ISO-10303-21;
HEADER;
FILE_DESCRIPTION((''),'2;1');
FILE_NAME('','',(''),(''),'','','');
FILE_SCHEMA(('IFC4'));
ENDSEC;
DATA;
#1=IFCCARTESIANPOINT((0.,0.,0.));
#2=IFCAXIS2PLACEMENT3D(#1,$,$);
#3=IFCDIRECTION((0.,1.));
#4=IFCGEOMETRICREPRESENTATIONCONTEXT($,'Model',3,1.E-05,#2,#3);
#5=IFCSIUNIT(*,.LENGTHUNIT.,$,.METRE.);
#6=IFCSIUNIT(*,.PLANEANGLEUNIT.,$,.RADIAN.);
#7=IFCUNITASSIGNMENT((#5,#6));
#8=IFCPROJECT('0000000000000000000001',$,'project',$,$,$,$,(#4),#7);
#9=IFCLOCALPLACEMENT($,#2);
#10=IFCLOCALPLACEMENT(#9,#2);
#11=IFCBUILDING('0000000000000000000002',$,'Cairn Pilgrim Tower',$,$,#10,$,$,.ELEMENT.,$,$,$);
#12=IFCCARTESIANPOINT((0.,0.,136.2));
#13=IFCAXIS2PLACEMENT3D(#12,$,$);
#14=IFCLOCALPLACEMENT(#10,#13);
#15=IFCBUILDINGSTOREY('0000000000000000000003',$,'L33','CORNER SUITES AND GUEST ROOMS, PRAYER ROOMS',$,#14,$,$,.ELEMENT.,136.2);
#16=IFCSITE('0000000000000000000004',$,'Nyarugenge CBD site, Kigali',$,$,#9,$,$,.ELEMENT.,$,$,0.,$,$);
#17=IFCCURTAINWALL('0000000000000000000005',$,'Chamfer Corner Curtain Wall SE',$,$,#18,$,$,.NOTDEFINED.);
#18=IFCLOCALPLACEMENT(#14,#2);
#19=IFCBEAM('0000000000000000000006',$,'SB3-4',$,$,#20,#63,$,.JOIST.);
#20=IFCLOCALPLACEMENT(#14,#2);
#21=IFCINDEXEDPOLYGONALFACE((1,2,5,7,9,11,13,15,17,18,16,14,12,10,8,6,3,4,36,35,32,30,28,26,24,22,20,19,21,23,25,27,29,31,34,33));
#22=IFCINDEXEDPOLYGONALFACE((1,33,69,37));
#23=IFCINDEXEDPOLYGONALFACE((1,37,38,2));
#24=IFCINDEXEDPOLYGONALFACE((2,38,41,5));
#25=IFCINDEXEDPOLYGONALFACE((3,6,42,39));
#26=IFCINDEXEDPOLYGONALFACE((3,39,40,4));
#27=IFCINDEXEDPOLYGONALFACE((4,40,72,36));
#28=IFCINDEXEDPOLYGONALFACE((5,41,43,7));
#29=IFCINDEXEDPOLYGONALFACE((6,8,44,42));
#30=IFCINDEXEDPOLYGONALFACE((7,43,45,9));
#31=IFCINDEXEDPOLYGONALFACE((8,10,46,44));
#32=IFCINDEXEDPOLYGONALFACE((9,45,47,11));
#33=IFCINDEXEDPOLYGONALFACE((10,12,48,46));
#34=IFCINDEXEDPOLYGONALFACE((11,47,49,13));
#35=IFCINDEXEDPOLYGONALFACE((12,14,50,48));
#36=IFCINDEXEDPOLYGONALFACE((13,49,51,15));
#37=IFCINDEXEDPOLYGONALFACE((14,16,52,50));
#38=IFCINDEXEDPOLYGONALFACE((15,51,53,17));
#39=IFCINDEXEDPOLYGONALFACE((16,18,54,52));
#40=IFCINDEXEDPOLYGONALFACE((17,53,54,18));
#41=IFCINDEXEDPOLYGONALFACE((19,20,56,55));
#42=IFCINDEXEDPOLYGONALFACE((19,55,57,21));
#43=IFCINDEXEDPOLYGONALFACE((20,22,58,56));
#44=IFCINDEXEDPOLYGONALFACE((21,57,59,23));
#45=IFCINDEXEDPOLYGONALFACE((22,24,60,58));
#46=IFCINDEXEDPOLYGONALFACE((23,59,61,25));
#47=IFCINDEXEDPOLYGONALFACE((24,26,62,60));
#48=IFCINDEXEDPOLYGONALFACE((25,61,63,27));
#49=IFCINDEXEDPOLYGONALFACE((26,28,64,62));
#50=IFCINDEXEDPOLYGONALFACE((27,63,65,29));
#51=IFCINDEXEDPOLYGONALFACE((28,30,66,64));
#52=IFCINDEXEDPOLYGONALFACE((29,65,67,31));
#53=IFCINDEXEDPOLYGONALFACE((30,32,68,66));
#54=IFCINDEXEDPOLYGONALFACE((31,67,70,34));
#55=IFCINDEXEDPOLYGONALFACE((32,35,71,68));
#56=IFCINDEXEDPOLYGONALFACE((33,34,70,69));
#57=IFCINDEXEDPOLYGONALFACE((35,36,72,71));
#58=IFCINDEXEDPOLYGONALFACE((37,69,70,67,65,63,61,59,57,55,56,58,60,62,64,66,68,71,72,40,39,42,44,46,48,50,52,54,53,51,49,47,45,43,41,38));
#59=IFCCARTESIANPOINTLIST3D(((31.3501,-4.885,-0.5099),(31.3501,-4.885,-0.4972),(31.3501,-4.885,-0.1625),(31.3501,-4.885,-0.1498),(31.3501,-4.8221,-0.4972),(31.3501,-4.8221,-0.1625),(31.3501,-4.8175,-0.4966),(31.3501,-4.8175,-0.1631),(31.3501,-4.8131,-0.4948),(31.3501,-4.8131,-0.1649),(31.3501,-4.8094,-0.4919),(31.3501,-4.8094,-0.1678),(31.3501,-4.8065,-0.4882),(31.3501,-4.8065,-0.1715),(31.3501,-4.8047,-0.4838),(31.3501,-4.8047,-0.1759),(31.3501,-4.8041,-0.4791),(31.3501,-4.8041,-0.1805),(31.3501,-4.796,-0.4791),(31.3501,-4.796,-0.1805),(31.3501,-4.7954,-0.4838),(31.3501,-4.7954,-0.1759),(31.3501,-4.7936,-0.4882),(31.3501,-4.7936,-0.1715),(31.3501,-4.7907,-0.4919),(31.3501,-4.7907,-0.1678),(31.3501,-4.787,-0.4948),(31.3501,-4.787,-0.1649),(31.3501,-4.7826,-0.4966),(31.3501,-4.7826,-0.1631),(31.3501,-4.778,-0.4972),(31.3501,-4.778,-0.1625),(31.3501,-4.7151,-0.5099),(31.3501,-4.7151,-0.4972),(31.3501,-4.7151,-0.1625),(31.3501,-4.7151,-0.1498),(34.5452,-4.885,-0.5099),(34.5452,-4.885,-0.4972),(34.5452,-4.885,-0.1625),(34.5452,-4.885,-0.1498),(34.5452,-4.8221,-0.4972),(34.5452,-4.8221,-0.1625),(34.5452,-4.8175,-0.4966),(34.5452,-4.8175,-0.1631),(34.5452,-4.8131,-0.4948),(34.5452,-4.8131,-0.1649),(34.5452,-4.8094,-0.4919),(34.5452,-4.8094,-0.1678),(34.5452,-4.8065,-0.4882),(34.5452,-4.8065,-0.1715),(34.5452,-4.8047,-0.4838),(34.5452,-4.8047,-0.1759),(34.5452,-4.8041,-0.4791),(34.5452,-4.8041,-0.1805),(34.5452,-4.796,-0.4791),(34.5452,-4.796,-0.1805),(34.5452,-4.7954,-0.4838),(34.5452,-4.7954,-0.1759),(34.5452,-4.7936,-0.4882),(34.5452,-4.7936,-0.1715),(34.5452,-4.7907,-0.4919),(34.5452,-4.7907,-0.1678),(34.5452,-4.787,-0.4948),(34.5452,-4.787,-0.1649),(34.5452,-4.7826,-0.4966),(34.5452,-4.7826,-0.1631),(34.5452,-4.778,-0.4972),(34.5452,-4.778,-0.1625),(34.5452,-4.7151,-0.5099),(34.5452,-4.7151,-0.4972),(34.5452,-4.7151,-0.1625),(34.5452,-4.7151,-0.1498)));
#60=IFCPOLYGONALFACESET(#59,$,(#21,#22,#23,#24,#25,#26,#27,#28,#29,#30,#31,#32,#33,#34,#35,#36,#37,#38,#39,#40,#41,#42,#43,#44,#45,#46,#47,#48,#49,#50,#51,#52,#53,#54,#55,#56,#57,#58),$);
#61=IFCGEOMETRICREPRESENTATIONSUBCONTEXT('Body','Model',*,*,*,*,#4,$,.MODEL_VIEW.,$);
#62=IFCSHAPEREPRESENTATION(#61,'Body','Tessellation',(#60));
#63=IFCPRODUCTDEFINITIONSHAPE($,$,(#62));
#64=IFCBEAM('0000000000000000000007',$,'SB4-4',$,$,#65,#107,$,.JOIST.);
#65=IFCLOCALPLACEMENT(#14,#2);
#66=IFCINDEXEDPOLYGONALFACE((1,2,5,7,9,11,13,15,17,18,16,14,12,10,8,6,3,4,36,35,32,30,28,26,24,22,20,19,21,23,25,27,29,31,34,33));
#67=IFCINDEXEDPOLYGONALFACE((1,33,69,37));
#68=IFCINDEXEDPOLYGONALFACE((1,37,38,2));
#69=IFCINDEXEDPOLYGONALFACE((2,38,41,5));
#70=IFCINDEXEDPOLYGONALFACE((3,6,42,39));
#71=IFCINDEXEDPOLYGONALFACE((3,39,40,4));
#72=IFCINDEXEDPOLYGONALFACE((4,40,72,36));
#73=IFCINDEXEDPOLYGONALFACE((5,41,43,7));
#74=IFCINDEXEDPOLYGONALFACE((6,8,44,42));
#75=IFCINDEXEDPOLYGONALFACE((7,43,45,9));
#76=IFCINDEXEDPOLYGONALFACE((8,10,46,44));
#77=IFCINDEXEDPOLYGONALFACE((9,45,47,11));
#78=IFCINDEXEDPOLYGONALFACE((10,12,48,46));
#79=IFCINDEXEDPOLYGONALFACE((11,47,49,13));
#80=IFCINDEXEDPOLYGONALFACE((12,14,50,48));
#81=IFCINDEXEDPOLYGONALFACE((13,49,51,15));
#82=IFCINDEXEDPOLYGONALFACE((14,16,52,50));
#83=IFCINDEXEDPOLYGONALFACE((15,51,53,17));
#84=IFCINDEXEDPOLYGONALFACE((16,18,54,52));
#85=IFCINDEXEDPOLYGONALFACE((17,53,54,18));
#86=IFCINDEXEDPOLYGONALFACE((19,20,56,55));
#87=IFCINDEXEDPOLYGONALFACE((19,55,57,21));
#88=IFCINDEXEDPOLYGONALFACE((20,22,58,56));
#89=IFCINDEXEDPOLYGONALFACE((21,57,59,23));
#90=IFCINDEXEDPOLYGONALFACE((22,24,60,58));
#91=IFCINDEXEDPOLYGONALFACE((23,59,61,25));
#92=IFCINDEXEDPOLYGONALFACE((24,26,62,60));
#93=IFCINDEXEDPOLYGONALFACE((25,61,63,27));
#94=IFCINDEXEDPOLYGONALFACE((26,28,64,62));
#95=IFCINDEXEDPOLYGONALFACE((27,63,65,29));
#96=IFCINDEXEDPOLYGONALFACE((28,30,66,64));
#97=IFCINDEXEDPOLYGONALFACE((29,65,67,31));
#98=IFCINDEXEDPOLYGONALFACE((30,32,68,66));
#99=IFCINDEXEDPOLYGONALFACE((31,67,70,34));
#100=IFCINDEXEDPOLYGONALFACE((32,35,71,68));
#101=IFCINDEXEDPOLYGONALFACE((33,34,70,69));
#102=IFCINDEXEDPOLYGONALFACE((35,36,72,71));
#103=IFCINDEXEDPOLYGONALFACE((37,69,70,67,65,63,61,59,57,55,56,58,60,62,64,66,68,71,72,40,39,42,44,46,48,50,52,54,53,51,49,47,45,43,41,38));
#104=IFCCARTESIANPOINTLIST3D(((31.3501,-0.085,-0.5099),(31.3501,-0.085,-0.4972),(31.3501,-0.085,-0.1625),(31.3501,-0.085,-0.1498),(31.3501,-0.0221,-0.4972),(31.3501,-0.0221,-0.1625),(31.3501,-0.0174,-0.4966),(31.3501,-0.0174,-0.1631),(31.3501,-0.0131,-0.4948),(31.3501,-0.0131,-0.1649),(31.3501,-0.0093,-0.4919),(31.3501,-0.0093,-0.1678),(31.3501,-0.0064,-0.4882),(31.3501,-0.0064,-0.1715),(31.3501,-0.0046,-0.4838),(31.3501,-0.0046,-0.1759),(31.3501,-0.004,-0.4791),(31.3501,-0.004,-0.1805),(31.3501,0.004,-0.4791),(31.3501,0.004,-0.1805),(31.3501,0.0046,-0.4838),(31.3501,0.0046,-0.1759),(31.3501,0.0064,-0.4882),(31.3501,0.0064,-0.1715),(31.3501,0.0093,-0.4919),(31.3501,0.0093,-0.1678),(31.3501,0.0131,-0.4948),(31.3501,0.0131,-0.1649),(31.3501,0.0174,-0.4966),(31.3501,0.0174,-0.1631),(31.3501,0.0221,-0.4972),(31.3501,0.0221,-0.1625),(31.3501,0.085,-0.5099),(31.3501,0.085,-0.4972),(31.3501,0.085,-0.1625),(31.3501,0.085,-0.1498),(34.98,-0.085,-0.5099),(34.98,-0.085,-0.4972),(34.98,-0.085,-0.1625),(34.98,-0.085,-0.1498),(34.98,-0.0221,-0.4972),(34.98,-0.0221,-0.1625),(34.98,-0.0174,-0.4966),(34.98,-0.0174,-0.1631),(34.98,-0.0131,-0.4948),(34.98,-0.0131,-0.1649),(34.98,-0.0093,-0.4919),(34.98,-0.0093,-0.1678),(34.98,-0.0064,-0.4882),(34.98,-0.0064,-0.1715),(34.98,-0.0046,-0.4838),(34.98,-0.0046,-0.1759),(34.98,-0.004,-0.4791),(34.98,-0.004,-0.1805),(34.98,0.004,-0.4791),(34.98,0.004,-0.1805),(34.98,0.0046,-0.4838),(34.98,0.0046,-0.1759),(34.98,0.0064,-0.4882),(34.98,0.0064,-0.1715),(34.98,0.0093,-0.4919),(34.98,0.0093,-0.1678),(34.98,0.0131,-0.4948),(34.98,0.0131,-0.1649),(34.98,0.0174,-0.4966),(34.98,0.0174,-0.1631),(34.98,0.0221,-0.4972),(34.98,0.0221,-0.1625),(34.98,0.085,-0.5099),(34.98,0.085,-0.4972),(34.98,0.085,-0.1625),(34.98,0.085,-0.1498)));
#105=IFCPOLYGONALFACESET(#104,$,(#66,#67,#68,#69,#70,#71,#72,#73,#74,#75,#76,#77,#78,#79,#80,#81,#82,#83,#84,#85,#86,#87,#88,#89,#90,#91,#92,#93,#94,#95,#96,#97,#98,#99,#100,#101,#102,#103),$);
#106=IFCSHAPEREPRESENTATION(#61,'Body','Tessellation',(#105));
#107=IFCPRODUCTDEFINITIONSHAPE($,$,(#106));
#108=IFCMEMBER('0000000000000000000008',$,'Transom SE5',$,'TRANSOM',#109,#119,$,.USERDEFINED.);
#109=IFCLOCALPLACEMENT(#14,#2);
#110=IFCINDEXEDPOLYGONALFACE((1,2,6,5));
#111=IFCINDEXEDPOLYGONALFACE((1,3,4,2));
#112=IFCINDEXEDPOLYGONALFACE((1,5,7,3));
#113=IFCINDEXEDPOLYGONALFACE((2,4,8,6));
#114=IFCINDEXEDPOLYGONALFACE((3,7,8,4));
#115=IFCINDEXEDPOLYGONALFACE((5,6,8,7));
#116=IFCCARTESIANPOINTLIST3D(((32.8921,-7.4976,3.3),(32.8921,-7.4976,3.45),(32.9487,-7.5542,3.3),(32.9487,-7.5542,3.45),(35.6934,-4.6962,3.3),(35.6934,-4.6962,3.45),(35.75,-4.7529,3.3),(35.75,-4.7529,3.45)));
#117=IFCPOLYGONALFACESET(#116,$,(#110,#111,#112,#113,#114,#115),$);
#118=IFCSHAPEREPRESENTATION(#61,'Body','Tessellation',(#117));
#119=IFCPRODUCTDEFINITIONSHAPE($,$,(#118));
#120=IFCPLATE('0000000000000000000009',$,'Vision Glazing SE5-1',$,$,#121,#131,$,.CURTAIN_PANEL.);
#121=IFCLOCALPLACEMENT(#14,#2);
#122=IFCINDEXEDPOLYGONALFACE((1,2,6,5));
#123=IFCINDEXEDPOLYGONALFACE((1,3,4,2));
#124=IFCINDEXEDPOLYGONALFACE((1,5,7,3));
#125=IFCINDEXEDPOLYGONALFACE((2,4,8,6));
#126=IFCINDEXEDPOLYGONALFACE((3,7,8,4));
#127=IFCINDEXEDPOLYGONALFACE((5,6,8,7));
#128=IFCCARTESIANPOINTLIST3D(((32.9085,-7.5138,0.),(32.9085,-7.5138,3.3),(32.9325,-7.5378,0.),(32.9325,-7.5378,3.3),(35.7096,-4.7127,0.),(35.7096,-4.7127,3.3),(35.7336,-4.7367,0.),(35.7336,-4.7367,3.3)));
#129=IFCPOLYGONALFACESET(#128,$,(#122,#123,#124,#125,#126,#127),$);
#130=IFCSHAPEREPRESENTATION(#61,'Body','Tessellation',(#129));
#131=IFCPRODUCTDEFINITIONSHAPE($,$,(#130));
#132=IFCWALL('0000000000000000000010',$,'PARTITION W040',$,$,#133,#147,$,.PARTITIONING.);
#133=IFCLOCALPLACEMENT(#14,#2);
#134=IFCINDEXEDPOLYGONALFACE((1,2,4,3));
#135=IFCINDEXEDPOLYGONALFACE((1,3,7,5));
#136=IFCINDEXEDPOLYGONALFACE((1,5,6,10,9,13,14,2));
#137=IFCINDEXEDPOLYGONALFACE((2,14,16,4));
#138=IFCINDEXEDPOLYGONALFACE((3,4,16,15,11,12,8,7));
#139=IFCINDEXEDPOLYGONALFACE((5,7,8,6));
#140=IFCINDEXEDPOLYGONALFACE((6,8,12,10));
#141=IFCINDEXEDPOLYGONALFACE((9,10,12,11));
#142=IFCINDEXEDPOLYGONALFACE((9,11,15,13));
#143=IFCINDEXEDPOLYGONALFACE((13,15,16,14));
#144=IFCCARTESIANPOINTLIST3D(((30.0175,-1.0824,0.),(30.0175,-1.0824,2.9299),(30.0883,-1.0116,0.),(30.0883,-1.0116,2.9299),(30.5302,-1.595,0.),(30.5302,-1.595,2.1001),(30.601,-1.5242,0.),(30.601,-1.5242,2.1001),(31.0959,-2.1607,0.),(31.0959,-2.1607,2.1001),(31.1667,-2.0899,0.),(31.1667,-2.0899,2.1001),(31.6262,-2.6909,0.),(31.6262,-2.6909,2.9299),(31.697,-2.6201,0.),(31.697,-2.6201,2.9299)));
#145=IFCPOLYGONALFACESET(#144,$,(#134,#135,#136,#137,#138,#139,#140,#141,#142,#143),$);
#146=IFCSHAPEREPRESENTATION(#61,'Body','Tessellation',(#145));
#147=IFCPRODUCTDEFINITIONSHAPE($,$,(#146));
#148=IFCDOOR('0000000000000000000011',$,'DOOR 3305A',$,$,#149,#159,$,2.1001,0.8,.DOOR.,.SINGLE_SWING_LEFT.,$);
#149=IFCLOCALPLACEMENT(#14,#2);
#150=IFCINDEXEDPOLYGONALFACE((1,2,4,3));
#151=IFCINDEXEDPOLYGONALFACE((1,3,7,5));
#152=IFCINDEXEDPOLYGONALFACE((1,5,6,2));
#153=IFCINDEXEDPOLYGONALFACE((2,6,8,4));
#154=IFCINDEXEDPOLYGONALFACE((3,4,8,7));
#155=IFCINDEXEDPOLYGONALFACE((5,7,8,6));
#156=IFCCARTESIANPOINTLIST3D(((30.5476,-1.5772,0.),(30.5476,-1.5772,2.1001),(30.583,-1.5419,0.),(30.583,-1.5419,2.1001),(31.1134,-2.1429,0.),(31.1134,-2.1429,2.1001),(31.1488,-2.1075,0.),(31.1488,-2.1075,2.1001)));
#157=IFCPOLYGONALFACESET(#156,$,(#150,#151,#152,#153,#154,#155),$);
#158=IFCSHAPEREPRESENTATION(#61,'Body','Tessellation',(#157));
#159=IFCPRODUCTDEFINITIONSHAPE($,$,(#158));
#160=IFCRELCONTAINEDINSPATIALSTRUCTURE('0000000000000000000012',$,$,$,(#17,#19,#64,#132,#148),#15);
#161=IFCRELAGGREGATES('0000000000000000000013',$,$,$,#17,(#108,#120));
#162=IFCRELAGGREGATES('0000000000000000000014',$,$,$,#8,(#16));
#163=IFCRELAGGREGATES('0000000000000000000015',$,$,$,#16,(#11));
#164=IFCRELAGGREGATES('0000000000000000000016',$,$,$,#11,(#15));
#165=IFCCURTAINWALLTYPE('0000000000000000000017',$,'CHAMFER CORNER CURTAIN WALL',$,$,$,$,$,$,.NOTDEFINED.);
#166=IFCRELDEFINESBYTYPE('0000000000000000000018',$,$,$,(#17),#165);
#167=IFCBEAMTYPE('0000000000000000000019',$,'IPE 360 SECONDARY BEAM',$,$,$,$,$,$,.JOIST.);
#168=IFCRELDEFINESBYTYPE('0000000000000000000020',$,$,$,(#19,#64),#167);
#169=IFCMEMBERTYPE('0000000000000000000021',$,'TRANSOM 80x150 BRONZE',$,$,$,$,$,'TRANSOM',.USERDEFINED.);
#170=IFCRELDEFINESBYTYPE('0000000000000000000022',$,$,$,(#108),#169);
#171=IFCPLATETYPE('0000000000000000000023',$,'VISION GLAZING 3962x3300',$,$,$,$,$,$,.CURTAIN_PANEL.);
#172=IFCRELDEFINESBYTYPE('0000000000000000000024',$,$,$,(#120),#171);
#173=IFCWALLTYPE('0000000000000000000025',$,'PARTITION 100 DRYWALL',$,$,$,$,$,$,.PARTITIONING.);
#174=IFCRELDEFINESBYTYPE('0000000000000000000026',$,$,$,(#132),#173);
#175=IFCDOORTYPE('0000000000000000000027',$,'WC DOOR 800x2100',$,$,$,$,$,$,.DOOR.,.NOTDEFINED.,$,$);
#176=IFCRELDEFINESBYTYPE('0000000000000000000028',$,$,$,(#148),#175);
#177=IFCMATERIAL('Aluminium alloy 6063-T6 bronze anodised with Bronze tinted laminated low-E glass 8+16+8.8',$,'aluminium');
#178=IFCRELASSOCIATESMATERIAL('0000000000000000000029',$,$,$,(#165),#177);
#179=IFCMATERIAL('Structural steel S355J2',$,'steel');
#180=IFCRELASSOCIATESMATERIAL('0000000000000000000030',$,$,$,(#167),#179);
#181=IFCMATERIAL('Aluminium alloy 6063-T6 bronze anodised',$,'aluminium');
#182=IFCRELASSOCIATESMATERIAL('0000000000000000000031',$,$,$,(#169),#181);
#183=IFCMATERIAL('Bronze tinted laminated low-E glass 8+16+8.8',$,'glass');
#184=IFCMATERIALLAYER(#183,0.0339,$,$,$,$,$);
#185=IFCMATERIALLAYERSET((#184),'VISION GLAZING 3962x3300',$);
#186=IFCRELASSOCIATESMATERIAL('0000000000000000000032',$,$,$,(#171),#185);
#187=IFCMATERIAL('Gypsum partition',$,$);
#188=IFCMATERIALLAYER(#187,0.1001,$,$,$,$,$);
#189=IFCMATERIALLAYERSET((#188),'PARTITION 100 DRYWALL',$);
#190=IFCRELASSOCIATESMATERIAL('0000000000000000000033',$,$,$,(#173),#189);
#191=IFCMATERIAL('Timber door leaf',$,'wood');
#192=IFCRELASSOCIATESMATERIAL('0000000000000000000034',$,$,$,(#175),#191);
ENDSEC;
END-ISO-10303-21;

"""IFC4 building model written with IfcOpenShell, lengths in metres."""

from ifc_helpers import new_model, si_unit, direction, frame, frame_2d, origin, origin_2d, place, context, subcontext, project, spatial, rectangle, i_section, extrude, material, layer, layer_set, material_profile, profile_set, type_object, element, fill, aggregate, save


model = new_model("IFC4")

# Units and contexts
model_context = context("Model", 3, precision=1e-05, world=origin(), true_north=direction((0.0, 1.0)))
body_context = subcontext(model_context, "Body", "Model", "MODEL_VIEW")
ifc_project = project(units=[si_unit("LENGTHUNIT", "METRE"), si_unit("PLANEANGLEUNIT", "RADIAN")], contexts=[model_context])

# Site, building, storey
site_placement = place(None, origin())
site = spatial("IfcSite", under=ifc_project, at=site_placement, Name="Nyarugenge CBD site, Kigali", CompositionType="ELEMENT", RefElevation=0.0)
building_placement = place(site_placement, origin())
building = spatial("IfcBuilding", under=site, at=building_placement, Name="Cairn Pilgrim Tower", CompositionType="ELEMENT")
storey_placement = place(building_placement, frame((0.0, 0.0, 136.2)))
storey = spatial("IfcBuildingStorey", under=building, at=storey_placement, Name="L33", Description="CORNER SUITES AND GUEST ROOMS, PRAYER ROOMS", CompositionType="ELEMENT", Elevation=136.2)

# Curtain wall
ifc_material_1 = material(Name="Aluminium alloy 6063-T6 bronze anodised with Bronze tinted laminated low-E glass 8+16+8.8", Category="aluminium")
curtain_wall_type_1 = type_object("IfcCurtainWallType", Name="CHAMFER CORNER CURTAIN WALL", PredefinedType="NOTDEFINED", material=ifc_material_1)
curtain_wall_1_placement = place(storey_placement, origin())
curtain_wall_1 = element("IfcCurtainWall", 1, at=curtain_wall_1_placement, inside=storey, type_object=curtain_wall_type_1, Name="Chamfer Corner Curtain Wall SE", PredefinedType="NOTDEFINED")
ifc_material_2 = material(Name="Aluminium alloy 6063-T6 bronze anodised", Category="aluminium")

# Beams
ifc_material_3 = material(Name="Structural steel S355J2", Category="steel")
ifc_material_profile_1 = material_profile(ifc_material_3, i_section(OverallWidth=0.1699, OverallDepth=0.3601, WebThickness=0.0081, FlangeThickness=0.0127, FilletRadius=0.0181, at=origin_2d()), Name="IPE 360")
ifc_profile_set_1 = profile_set([ifc_material_profile_1], Name="Structural steel S355J2")
beam_type_1 = type_object("IfcBeamType", Name="IPE 360 SECONDARY BEAM", PredefinedType="JOIST", material=ifc_profile_set_1)
beam_1_placement = place(storey_placement, frame((31.3501, -4.8, -0.3298), z_axis=(1.0, 0.0, 0.0), x_axis=(0.0, 1.0, 0.0)))
element("IfcBeam", 2, at=beam_1_placement, inside=storey, type_object=beam_type_1, Name="SB3-4", PredefinedType="JOIST", context=body_context, shape_type="SweptSolid", body=[
    extrude(i_section(OverallWidth=0.1699, OverallDepth=0.3601, WebThickness=0.0081, FlangeThickness=0.0127, FilletRadius=0.0181, at=origin_2d()), origin(), (0.0, 0.0, 1.0), 3.1951),
])
beam_2_placement = place(storey_placement, frame((31.3501, 0.0, -0.3298), z_axis=(1.0, 0.0, 0.0), x_axis=(0.0, 1.0, 0.0)))
element("IfcBeam", 3, at=beam_2_placement, inside=storey, type_object=beam_type_1, Name="SB4-4", PredefinedType="JOIST", context=body_context, shape_type="SweptSolid", body=[
    extrude(i_section(OverallWidth=0.1699, OverallDepth=0.3601, WebThickness=0.0081, FlangeThickness=0.0127, FilletRadius=0.0181, at=origin_2d()), origin(), (0.0, 0.0, 1.0), 3.6299),
])

# Member
ifc_material_profile_2 = material_profile(ifc_material_2, rectangle(XDim=0.0801, YDim=0.1499, at=origin_2d()), Name="TRANSOM 80x150 BRONZE")
ifc_profile_set_2 = profile_set([ifc_material_profile_2], Name="Aluminium alloy 6063-T6 bronze anodised")
member_type_1 = type_object("IfcMemberType", Name="TRANSOM 80x150 BRONZE", ElementType="TRANSOM", PredefinedType="USERDEFINED", material=ifc_profile_set_2)
member_1_placement = place(storey_placement, frame((32.9204, -7.5259, 3.375), z_axis=(0.707107, 0.707107, 0.0), x_axis=(-0.707107, 0.707107, 0.0)))
member_1 = element("IfcMember", 4, at=member_1_placement, type_object=member_type_1, Name="Transom SE5", ObjectType="TRANSOM", PredefinedType="USERDEFINED", context=body_context, shape_type="SweptSolid", body=[
    extrude(rectangle(XDim=0.0801, YDim=0.1499, at=origin_2d()), origin(), (0.0, 0.0, 1.0), 3.9617),
])

# Plate
ifc_material_4 = material(Name="Bronze tinted laminated low-E glass 8+16+8.8", Category="glass")
ifc_layer_1 = layer(ifc_material_4, 0.0339)
ifc_layer_set_1 = layer_set([ifc_layer_1], Name="VISION GLAZING 3962x3300")
plate_type = type_object("IfcPlateType", Name="VISION GLAZING 3962x3300", PredefinedType="CURTAIN_PANEL", material=ifc_layer_set_1)
plate_placement = place(storey_placement, frame((34.321, -6.1252, 0.0), z_axis=(0.0, 0.0, 1.0), x_axis=(0.707107, 0.707107, 0.0)))
plate = element("IfcPlate", 5, at=plate_placement, type_object=plate_type, Name="Vision Glazing SE5-1", PredefinedType="CURTAIN_PANEL", context=body_context, shape_type="SweptSolid", body=[
    extrude(rectangle(XDim=3.9614, YDim=0.0339, at=origin_2d()), origin(), (0.0, 0.0, 1.0), 3.3),
])
aggregate(curtain_wall_1, [member_1, plate])

# Wall, opening, door
ifc_material_5 = material(Name="Gypsum partition")
ifc_layer_2 = layer(ifc_material_5, 0.1001)
ifc_layer_set_2 = layer_set([ifc_layer_2], Name="PARTITION 100 DRYWALL")
wall_type_1 = type_object("IfcWallType", Name="PARTITION 100 DRYWALL", PredefinedType="PARTITIONING", material=ifc_layer_set_2)
wall_1_placement = place(storey_placement, frame((31.6616, -2.6555, 0.0), z_axis=(0.0, 0.0, 1.0), x_axis=(-0.70716, 0.707053, 0.0)))
wall_1 = element("IfcWall", 6, at=wall_1_placement, inside=storey, type_object=wall_type_1, Name="PARTITION W040", PredefinedType="PARTITIONING", context=body_context, shape_type="SweptSolid", body=[
    extrude(rectangle(XDim=2.2749, YDim=0.1001, at=frame_2d((1.1375, 0.0))), origin(), (0.0, 0.0, 1.0), 2.9299),
])
opening_1_placement = place(wall_1_placement, frame((0.75, 0.0, 0.0)))
opening_1 = element("IfcOpeningElement", 7, at=opening_1_placement, cuts=wall_1, PredefinedType="OPENING", context=body_context, shape_type="SweptSolid", body=[
    extrude(rectangle(XDim=0.8, YDim=2.1001, at=frame_2d((0.3999, 1.05))), frame((0.0, 0.0601, 0.0), z_axis=(0.0, -1.0, 0.0), x_axis=(1.0, 0.0, 0.0)), (0.0, 0.0, 1.0), 0.1201),
])
ifc_material_6 = material(Name="Timber door leaf", Category="wood")
door_type_1 = type_object("IfcDoorType", Name="WC DOOR 800x2100", OperationType="NOTDEFINED", PredefinedType="DOOR", material=ifc_material_6)
door_1_placement = place(opening_1_placement, frame((0.8, 0.0, 0.0), z_axis=(0.0, 0.0, 1.0), x_axis=(-1.0, 0.0, 0.0)))
door_1 = element("IfcDoor", 8, at=door_1_placement, inside=storey, type_object=door_type_1, Name="DOOR 3305A", OperationType="SINGLE_SWING_LEFT", OverallHeight=2.1001, OverallWidth=0.8, PredefinedType="DOOR", context=body_context, shape_type="SweptSolid", body=[
    extrude(rectangle(XDim=0.8, YDim=2.1001, at=frame_2d((0.3999, 1.05))), frame((0.0, 0.0249, 0.0), z_axis=(0.0, -1.0, 0.0), x_axis=(1.0, 0.0, 0.0)), (0.0, 0.0, 1.0), 0.05),
])
fill(opening_1, door_1)

save(model, "model.ifc")
